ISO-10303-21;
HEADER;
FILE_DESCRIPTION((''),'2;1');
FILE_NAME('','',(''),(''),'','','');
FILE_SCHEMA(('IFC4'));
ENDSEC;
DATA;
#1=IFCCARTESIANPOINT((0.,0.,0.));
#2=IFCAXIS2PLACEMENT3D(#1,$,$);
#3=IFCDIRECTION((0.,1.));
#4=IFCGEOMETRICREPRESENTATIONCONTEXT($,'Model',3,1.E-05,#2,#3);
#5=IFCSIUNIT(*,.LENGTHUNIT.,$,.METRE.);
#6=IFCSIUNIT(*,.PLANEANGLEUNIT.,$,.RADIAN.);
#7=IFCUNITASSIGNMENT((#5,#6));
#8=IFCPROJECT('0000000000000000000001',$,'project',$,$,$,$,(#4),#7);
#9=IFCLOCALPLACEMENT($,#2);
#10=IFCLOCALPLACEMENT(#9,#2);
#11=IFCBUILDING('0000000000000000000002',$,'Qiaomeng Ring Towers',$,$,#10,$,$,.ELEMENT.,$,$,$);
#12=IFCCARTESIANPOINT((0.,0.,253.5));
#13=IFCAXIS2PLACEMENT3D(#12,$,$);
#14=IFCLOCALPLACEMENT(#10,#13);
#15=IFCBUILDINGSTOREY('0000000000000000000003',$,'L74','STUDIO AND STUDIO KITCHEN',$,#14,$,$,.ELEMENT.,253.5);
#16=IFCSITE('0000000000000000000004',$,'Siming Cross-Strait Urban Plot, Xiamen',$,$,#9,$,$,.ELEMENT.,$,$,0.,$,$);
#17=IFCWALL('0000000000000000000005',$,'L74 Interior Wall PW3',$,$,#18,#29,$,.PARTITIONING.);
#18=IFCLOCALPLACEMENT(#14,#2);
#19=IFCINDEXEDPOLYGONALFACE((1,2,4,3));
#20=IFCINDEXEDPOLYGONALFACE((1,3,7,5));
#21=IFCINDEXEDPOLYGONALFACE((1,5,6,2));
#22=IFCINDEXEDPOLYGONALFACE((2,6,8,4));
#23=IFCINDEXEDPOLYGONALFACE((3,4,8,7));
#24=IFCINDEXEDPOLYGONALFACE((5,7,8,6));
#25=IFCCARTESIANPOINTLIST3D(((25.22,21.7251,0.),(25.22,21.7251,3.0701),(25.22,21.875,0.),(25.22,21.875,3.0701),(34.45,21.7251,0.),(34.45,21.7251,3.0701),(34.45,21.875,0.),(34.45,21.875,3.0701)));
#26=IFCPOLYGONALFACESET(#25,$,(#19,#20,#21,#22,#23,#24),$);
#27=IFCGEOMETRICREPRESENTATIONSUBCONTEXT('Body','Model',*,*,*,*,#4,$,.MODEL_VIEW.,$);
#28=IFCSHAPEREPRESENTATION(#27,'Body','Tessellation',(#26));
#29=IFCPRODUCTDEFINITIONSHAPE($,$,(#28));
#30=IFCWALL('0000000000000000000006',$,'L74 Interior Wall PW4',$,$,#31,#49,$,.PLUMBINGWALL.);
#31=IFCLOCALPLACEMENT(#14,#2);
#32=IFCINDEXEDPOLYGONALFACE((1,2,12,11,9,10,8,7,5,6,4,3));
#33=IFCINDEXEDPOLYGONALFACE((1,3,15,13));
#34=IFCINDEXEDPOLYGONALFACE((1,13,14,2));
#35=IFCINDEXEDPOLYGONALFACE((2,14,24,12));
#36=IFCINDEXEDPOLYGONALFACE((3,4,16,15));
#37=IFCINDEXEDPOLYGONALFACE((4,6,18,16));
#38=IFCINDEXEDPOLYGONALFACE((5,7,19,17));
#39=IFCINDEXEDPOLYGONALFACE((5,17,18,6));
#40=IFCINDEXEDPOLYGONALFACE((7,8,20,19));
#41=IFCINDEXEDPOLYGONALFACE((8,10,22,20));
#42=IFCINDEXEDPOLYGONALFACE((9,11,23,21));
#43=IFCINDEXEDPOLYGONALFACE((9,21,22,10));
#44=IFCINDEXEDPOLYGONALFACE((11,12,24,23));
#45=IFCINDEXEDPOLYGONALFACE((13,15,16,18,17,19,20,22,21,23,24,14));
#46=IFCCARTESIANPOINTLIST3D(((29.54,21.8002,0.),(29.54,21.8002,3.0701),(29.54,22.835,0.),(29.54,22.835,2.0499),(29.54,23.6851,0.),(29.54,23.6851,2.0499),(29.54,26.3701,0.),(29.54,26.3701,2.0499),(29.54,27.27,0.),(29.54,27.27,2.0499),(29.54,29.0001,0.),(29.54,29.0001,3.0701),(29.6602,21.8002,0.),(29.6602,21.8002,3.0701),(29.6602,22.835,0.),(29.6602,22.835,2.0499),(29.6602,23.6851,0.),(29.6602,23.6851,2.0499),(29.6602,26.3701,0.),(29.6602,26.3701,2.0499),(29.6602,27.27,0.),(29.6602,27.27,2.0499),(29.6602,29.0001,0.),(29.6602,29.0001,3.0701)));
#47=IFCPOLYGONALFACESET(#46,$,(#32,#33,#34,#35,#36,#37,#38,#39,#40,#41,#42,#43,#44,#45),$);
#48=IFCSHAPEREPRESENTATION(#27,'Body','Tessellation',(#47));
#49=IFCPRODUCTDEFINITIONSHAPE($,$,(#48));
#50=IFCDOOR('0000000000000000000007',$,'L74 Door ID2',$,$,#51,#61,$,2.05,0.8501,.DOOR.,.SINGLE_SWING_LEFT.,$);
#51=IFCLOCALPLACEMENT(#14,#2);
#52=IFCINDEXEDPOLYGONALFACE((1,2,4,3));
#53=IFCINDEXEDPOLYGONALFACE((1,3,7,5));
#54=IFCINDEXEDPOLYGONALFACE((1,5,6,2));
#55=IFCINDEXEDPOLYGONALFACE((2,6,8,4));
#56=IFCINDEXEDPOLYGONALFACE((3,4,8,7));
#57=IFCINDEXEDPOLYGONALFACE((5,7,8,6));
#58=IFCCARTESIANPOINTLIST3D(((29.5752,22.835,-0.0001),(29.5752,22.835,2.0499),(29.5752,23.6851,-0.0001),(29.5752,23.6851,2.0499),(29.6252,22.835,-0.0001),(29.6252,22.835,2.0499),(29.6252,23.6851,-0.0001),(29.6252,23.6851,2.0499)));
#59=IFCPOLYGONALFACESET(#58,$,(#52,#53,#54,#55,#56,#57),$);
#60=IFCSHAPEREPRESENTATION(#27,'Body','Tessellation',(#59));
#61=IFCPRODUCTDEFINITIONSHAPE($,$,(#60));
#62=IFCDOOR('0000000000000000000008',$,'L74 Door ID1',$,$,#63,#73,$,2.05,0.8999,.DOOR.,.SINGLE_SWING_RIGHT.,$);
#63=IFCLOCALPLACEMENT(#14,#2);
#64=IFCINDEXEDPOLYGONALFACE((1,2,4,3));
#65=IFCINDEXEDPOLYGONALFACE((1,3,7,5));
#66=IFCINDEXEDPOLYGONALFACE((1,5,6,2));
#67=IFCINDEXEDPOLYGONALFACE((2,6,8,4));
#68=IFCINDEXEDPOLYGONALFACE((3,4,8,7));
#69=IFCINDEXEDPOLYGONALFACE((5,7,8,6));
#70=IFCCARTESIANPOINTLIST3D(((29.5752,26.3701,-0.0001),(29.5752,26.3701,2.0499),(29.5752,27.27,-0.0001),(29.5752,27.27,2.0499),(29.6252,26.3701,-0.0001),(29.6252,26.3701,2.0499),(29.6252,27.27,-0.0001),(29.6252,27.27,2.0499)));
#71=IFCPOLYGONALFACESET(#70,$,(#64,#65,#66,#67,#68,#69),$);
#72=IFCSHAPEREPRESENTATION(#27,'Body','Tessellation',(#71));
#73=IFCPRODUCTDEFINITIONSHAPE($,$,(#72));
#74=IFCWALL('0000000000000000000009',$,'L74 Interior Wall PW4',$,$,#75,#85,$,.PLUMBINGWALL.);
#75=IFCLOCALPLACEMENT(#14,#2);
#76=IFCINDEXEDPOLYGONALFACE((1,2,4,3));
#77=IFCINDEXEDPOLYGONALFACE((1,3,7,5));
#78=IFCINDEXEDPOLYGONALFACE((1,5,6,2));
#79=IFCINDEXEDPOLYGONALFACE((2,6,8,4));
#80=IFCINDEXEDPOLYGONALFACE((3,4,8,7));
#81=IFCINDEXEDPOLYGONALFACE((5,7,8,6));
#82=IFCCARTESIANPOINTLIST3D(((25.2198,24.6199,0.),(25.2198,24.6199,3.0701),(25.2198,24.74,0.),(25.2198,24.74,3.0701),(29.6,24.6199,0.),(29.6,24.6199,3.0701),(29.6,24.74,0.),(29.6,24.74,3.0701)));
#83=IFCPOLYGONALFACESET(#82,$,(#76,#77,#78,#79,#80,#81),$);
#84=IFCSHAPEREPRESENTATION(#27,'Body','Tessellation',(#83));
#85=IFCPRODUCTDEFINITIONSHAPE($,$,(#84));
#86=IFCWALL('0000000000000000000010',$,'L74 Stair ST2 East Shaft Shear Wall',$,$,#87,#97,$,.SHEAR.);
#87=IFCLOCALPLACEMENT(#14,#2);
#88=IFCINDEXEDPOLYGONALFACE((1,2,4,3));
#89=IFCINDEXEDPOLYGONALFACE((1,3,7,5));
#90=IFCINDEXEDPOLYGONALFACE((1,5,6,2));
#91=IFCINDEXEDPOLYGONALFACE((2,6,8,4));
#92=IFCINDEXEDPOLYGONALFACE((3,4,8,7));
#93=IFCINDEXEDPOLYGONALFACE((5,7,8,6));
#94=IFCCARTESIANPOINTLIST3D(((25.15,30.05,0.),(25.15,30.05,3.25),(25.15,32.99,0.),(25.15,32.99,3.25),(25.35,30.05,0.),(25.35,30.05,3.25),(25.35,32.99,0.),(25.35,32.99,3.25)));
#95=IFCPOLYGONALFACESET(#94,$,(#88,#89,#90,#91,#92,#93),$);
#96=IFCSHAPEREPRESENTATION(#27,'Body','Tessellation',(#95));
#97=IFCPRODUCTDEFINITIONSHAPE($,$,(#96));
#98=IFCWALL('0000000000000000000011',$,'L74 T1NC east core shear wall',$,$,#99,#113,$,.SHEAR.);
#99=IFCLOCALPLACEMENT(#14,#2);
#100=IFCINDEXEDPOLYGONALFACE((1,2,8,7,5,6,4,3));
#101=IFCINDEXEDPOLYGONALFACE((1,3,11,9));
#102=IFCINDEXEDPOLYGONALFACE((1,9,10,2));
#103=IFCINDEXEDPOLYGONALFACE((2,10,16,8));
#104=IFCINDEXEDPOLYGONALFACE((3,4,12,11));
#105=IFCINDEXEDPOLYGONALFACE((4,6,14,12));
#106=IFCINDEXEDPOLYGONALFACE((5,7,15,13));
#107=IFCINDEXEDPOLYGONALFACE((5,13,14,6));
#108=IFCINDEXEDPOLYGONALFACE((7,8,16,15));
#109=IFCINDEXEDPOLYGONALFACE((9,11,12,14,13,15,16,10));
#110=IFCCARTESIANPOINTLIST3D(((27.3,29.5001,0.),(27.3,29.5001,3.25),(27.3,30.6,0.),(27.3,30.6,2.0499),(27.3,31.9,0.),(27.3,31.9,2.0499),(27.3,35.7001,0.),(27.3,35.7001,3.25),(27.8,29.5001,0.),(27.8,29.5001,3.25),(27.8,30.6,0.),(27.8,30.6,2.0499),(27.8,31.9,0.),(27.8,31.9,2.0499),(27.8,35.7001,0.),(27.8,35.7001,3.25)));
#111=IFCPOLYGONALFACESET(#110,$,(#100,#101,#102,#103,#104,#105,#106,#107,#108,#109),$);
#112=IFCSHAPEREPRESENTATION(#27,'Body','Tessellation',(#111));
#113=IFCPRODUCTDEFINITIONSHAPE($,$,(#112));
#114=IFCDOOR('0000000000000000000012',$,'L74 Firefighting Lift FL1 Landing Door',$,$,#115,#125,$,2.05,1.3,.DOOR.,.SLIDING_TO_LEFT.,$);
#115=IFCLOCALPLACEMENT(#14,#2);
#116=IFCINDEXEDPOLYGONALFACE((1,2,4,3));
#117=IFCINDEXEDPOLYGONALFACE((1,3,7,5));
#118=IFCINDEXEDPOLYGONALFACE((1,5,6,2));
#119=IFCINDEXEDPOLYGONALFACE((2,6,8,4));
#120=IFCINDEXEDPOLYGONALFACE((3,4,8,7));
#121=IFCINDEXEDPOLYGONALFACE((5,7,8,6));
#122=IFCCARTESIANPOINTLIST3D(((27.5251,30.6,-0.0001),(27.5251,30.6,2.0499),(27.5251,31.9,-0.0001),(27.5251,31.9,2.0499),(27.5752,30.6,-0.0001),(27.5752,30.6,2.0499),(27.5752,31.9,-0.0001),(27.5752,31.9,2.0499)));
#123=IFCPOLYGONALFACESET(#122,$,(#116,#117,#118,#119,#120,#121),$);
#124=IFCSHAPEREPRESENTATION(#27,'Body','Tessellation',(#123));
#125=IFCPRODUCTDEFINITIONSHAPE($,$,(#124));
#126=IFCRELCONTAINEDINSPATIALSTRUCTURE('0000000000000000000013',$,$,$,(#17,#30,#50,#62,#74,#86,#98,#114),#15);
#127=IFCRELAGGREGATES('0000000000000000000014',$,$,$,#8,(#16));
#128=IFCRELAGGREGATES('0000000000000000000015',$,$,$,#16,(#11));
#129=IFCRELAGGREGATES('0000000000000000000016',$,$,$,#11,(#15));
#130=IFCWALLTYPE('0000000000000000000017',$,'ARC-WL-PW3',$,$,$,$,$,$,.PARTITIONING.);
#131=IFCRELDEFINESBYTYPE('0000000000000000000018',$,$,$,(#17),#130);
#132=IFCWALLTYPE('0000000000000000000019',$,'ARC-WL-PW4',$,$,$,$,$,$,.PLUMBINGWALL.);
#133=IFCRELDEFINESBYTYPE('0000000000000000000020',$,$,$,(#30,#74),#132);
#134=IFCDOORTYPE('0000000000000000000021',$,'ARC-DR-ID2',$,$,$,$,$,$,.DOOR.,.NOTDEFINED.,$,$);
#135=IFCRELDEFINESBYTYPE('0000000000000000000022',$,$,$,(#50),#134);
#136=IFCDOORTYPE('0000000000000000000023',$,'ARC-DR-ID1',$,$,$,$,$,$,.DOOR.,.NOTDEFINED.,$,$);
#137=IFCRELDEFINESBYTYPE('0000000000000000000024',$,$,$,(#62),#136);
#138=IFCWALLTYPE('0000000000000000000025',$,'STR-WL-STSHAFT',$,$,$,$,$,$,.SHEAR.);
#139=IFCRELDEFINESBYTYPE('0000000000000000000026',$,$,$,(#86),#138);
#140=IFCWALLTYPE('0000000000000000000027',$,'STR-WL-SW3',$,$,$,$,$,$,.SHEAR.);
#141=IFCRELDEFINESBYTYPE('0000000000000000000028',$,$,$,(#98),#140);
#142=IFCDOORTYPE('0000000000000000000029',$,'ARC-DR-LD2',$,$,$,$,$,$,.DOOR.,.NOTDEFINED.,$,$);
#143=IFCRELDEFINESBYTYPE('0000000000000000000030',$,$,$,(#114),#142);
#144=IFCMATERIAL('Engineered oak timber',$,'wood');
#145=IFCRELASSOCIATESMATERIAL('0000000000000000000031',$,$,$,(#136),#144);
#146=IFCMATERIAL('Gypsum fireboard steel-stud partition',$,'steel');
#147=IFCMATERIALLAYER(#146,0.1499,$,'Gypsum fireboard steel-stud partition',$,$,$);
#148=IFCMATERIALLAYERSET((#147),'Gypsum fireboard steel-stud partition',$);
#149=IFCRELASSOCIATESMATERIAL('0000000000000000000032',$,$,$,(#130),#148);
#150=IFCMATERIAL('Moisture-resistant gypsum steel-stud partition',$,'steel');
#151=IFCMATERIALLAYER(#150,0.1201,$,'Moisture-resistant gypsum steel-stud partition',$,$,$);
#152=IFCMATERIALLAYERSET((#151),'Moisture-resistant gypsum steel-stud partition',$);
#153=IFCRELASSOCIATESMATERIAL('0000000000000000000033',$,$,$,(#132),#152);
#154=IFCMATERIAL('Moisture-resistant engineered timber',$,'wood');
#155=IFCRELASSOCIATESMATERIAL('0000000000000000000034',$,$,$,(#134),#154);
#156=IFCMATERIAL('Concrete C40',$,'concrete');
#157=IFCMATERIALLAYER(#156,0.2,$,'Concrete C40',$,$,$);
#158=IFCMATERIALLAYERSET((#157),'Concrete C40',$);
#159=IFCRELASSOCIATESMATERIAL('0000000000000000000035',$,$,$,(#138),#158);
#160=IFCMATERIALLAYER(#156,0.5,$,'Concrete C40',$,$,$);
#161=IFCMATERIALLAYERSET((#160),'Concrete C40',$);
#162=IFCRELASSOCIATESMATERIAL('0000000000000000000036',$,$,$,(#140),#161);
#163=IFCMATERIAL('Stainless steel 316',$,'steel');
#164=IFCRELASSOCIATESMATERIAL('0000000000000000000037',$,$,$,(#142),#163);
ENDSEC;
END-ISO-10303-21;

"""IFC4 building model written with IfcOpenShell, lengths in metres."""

from ifc_helpers import new_model, si_unit, direction, frame, frame_2d, origin, place, context, subcontext, project, spatial, rectangle, extrude, source, transform, mapped, material, layer, layer_set, type_object, element, fill, save


model = new_model("IFC4")

# Units and contexts
model_context = context("Model", 3, precision=1e-05, world=origin(), true_north=direction((0.0, 1.0)))
body_context = subcontext(model_context, "Body", "Model", "MODEL_VIEW")
ifc_project = project(units=[si_unit("LENGTHUNIT", "METRE"), si_unit("PLANEANGLEUNIT", "RADIAN")], contexts=[model_context])

# Site, building, storey
site_placement = place(None, origin())
site = spatial("IfcSite", under=ifc_project, at=site_placement, Name="Siming Cross-Strait Urban Plot, Xiamen", CompositionType="ELEMENT", RefElevation=0.0)
building_placement = place(site_placement, origin())
building = spatial("IfcBuilding", under=site, at=building_placement, Name="Qiaomeng Ring Towers", CompositionType="ELEMENT")
storey_placement = place(building_placement, frame((0.0, 0.0, 253.5)))
storey = spatial("IfcBuildingStorey", under=building, at=storey_placement, Name="L74", Description="STUDIO AND STUDIO KITCHEN", CompositionType="ELEMENT", Elevation=253.5)

# Shared definitions
ifc_material_1 = material(Name="Concrete C40", Category="concrete")

# Shared definitions
ifc_material_2 = material(Name="Engineered oak timber", Category="wood")
door_type_1 = type_object("IfcDoorType", Name="ARC-DR-ID1", OperationType="NOTDEFINED", PredefinedType="DOOR", material=ifc_material_2)
shared_shape_1 = source(origin(), body_context, "Body", "SweptSolid", [
    extrude(rectangle(XDim=0.8999, YDim=2.05, at=frame_2d((0.45, 1.0249))), frame((0.0, 0.0249, 0.0), z_axis=(0.0, -1.0, 0.0), x_axis=(1.0, 0.0, 0.0)), (0.0, 0.0, 1.0), 0.05),
])

# Wall
ifc_material_3 = material(Name="Gypsum fireboard steel-stud partition", Category="steel")
ifc_layer_1 = layer(ifc_material_3, 0.1499, Name="Gypsum fireboard steel-stud partition")
ifc_layer_set_1 = layer_set([ifc_layer_1], Name="Gypsum fireboard steel-stud partition")
wall_type_1 = type_object("IfcWallType", Name="ARC-WL-PW3", PredefinedType="PARTITIONING", material=ifc_layer_set_1)
wall_1_placement = place(storey_placement, frame((25.22, 21.8, 0.0), z_axis=(0.0, 0.0, 1.0), x_axis=(1.0, 0.0, 0.0)))
element("IfcWall", 1, at=wall_1_placement, inside=storey, type_object=wall_type_1, Name="L74 Interior Wall PW3", PredefinedType="PARTITIONING", context=body_context, shape_type="SweptSolid", body=[
    extrude(rectangle(XDim=9.23, YDim=0.1499, at=frame_2d((4.615, 0.0))), origin(), (0.0, 0.0, 1.0), 3.0701),
])

# Wall, openings, doors
ifc_material_4 = material(Name="Moisture-resistant gypsum steel-stud partition", Category="steel")
ifc_layer_2 = layer(ifc_material_4, 0.1201, Name="Moisture-resistant gypsum steel-stud partition")
ifc_layer_set_2 = layer_set([ifc_layer_2], Name="Moisture-resistant gypsum steel-stud partition")
wall_type_2 = type_object("IfcWallType", Name="ARC-WL-PW4", PredefinedType="PLUMBINGWALL", material=ifc_layer_set_2)
wall_2_placement = place(storey_placement, frame((29.6001, 21.8, 0.0), z_axis=(0.0, 0.0, 1.0), x_axis=(0.0, 1.0, 0.0)))
wall_2 = element("IfcWall", 2, at=wall_2_placement, inside=storey, type_object=wall_type_2, Name="L74 Interior Wall PW4", PredefinedType="PLUMBINGWALL", context=body_context, shape_type="SweptSolid", body=[
    extrude(rectangle(XDim=7.2, YDim=0.1201, at=frame_2d((3.6001, 0.0))), origin(), (0.0, 0.0, 1.0), 3.0701),
])
opening_1_placement = place(wall_2_placement, frame((1.0349, 0.0, 0.0)))
opening_1 = element("IfcOpeningElement", 3, at=opening_1_placement, cuts=wall_2, PredefinedType="OPENING", context=body_context, shape_type="SweptSolid", body=[
    extrude(rectangle(XDim=0.8501, YDim=2.05, at=frame_2d((0.425, 1.0249))), frame((0.0, 0.0701, 0.0), z_axis=(0.0, -1.0, 0.0), x_axis=(1.0, 0.0, 0.0)), (0.0, 0.0, 1.0), 0.1401),
])
opening_2_placement = place(wall_2_placement, frame((4.5701, 0.0, 0.0)))
opening_2 = element("IfcOpeningElement", 4, at=opening_2_placement, cuts=wall_2, PredefinedType="OPENING", context=body_context, shape_type="SweptSolid", body=[
    extrude(rectangle(XDim=0.8999, YDim=2.05, at=frame_2d((0.45, 1.0249))), frame((0.0, 0.0701, 0.0), z_axis=(0.0, -1.0, 0.0), x_axis=(1.0, 0.0, 0.0)), (0.0, 0.0, 1.0), 0.1401),
])
ifc_material_5 = material(Name="Moisture-resistant engineered timber", Category="wood")
door_type_2 = type_object("IfcDoorType", Name="ARC-DR-ID2", OperationType="NOTDEFINED", PredefinedType="DOOR", material=ifc_material_5)
shared_shape_2 = source(origin(), body_context, "Body", "SweptSolid", [
    extrude(rectangle(XDim=0.8501, YDim=2.05, at=frame_2d((0.425, 1.0249))), frame((0.0, 0.0249, 0.0), z_axis=(0.0, -1.0, 0.0), x_axis=(1.0, 0.0, 0.0)), (0.0, 0.0, 1.0), 0.05),
])
door_1_placement = place(opening_1_placement, origin())
door_1 = element("IfcDoor", 5, at=door_1_placement, inside=storey, type_object=door_type_2, Name="L74 Door ID2", OperationType="SINGLE_SWING_LEFT", OverallHeight=2.05, OverallWidth=0.8501, PredefinedType="DOOR", context=body_context, shape_type="MappedRepresentation", body=[
    mapped(shared_shape_2, transform((0.0, 0.0, 0.0), x_axis=(1.0, 0.0, 0.0), y_axis=(0.0, 1.0, 0.0), z_axis=(0.0, 0.0, 1.0), scale=1.0)),
])
fill(opening_1, door_1)
door_2_placement = place(opening_2_placement, origin())
door_2 = element("IfcDoor", 6, at=door_2_placement, inside=storey, type_object=door_type_1, Name="L74 Door ID1", OperationType="SINGLE_SWING_RIGHT", OverallHeight=2.05, OverallWidth=0.8999, PredefinedType="DOOR", context=body_context, shape_type="MappedRepresentation", body=[
    mapped(shared_shape_1, transform((0.0, 0.0, 0.0), x_axis=(1.0, 0.0, 0.0), y_axis=(0.0, 1.0, 0.0), z_axis=(0.0, 0.0, 1.0), scale=1.0)),
])
fill(opening_2, door_2)

# Walls
wall_3_placement = place(storey_placement, frame((25.22, 24.6799, 0.0), z_axis=(0.0, 0.0, 1.0), x_axis=(1.0, 0.0, 0.0)))
element("IfcWall", 7, at=wall_3_placement, inside=storey, type_object=wall_type_2, Name="L74 Interior Wall PW4", PredefinedType="PLUMBINGWALL", context=body_context, shape_type="SweptSolid", body=[
    extrude(rectangle(XDim=4.3801, YDim=0.1201, at=frame_2d((2.1899, 0.0))), origin(), (0.0, 0.0, 1.0), 3.0701),
])
ifc_layer_3 = layer(ifc_material_1, 0.2, Name="Concrete C40")
ifc_layer_set_3 = layer_set([ifc_layer_3], Name="Concrete C40")
wall_type_3 = type_object("IfcWallType", Name="STR-WL-STSHAFT", PredefinedType="SHEAR", material=ifc_layer_set_3)
wall_4_placement = place(storey_placement, frame((25.25, 30.05, 0.0), z_axis=(0.0, 0.0, 1.0), x_axis=(0.0, 1.0, 0.0)))
element("IfcWall", 8, at=wall_4_placement, inside=storey, type_object=wall_type_3, Name="L74 Stair ST2 East Shaft Shear Wall", PredefinedType="SHEAR", context=body_context, shape_type="SweptSolid", body=[
    extrude(rectangle(XDim=2.9399, YDim=0.2, at=frame_2d((1.47, 0.0))), origin(), (0.0, 0.0, 1.0), 3.25),
])

# Wall, opening, door
ifc_layer_4 = layer(ifc_material_1, 0.5, Name="Concrete C40")
ifc_layer_set_4 = layer_set([ifc_layer_4], Name="Concrete C40")
wall_type_4 = type_object("IfcWallType", Name="STR-WL-SW3", PredefinedType="SHEAR", material=ifc_layer_set_4)
wall_5_placement = place(storey_placement, frame((27.55, 29.5, 0.0), z_axis=(0.0, 0.0, 1.0), x_axis=(0.0, 1.0, 0.0)))
wall_5 = element("IfcWall", 9, at=wall_5_placement, inside=storey, type_object=wall_type_4, Name="L74 T1NC east core shear wall", PredefinedType="SHEAR", context=body_context, shape_type="SweptSolid", body=[
    extrude(rectangle(XDim=6.2, YDim=0.5, at=frame_2d((3.1001, 0.0))), origin(), (0.0, 0.0, 1.0), 3.25),
])
opening_3_placement = place(wall_5_placement, frame((1.1001, 0.0, 0.0)))
opening_3 = element("IfcOpeningElement", 10, at=opening_3_placement, cuts=wall_5, PredefinedType="OPENING", context=body_context, shape_type="SweptSolid", body=[
    extrude(rectangle(XDim=1.3, YDim=2.05, at=frame_2d((0.6499, 1.0249))), frame((0.0, 0.26, 0.0), z_axis=(0.0, -1.0, 0.0), x_axis=(1.0, 0.0, 0.0)), (0.0, 0.0, 1.0), 0.52),
])
ifc_material_6 = material(Name="Stainless steel 316", Category="steel")
door_type_3 = type_object("IfcDoorType", Name="ARC-DR-LD2", OperationType="NOTDEFINED", PredefinedType="DOOR", material=ifc_material_6)
shared_shape_3 = source(origin(), body_context, "Body", "SweptSolid", [
    extrude(rectangle(XDim=1.3, YDim=2.05, at=frame_2d((0.6499, 1.0249))), frame((0.0, 0.0249, 0.0), z_axis=(0.0, -1.0, 0.0), x_axis=(1.0, 0.0, 0.0)), (0.0, 0.0, 1.0), 0.05),
])
door_3_placement = place(opening_3_placement, origin())
door_3 = element("IfcDoor", 11, at=door_3_placement, inside=storey, type_object=door_type_3, Name="L74 Firefighting Lift FL1 Landing Door", OperationType="SLIDING_TO_LEFT", OverallHeight=2.05, OverallWidth=1.3, PredefinedType="DOOR", context=body_context, shape_type="MappedRepresentation", body=[
    mapped(shared_shape_3, transform((0.0, 0.0, 0.0), x_axis=(1.0, 0.0, 0.0), y_axis=(0.0, 1.0, 0.0), z_axis=(0.0, 0.0, 1.0), scale=1.0)),
])
fill(opening_3, door_3)

save(model, "model.ifc")
